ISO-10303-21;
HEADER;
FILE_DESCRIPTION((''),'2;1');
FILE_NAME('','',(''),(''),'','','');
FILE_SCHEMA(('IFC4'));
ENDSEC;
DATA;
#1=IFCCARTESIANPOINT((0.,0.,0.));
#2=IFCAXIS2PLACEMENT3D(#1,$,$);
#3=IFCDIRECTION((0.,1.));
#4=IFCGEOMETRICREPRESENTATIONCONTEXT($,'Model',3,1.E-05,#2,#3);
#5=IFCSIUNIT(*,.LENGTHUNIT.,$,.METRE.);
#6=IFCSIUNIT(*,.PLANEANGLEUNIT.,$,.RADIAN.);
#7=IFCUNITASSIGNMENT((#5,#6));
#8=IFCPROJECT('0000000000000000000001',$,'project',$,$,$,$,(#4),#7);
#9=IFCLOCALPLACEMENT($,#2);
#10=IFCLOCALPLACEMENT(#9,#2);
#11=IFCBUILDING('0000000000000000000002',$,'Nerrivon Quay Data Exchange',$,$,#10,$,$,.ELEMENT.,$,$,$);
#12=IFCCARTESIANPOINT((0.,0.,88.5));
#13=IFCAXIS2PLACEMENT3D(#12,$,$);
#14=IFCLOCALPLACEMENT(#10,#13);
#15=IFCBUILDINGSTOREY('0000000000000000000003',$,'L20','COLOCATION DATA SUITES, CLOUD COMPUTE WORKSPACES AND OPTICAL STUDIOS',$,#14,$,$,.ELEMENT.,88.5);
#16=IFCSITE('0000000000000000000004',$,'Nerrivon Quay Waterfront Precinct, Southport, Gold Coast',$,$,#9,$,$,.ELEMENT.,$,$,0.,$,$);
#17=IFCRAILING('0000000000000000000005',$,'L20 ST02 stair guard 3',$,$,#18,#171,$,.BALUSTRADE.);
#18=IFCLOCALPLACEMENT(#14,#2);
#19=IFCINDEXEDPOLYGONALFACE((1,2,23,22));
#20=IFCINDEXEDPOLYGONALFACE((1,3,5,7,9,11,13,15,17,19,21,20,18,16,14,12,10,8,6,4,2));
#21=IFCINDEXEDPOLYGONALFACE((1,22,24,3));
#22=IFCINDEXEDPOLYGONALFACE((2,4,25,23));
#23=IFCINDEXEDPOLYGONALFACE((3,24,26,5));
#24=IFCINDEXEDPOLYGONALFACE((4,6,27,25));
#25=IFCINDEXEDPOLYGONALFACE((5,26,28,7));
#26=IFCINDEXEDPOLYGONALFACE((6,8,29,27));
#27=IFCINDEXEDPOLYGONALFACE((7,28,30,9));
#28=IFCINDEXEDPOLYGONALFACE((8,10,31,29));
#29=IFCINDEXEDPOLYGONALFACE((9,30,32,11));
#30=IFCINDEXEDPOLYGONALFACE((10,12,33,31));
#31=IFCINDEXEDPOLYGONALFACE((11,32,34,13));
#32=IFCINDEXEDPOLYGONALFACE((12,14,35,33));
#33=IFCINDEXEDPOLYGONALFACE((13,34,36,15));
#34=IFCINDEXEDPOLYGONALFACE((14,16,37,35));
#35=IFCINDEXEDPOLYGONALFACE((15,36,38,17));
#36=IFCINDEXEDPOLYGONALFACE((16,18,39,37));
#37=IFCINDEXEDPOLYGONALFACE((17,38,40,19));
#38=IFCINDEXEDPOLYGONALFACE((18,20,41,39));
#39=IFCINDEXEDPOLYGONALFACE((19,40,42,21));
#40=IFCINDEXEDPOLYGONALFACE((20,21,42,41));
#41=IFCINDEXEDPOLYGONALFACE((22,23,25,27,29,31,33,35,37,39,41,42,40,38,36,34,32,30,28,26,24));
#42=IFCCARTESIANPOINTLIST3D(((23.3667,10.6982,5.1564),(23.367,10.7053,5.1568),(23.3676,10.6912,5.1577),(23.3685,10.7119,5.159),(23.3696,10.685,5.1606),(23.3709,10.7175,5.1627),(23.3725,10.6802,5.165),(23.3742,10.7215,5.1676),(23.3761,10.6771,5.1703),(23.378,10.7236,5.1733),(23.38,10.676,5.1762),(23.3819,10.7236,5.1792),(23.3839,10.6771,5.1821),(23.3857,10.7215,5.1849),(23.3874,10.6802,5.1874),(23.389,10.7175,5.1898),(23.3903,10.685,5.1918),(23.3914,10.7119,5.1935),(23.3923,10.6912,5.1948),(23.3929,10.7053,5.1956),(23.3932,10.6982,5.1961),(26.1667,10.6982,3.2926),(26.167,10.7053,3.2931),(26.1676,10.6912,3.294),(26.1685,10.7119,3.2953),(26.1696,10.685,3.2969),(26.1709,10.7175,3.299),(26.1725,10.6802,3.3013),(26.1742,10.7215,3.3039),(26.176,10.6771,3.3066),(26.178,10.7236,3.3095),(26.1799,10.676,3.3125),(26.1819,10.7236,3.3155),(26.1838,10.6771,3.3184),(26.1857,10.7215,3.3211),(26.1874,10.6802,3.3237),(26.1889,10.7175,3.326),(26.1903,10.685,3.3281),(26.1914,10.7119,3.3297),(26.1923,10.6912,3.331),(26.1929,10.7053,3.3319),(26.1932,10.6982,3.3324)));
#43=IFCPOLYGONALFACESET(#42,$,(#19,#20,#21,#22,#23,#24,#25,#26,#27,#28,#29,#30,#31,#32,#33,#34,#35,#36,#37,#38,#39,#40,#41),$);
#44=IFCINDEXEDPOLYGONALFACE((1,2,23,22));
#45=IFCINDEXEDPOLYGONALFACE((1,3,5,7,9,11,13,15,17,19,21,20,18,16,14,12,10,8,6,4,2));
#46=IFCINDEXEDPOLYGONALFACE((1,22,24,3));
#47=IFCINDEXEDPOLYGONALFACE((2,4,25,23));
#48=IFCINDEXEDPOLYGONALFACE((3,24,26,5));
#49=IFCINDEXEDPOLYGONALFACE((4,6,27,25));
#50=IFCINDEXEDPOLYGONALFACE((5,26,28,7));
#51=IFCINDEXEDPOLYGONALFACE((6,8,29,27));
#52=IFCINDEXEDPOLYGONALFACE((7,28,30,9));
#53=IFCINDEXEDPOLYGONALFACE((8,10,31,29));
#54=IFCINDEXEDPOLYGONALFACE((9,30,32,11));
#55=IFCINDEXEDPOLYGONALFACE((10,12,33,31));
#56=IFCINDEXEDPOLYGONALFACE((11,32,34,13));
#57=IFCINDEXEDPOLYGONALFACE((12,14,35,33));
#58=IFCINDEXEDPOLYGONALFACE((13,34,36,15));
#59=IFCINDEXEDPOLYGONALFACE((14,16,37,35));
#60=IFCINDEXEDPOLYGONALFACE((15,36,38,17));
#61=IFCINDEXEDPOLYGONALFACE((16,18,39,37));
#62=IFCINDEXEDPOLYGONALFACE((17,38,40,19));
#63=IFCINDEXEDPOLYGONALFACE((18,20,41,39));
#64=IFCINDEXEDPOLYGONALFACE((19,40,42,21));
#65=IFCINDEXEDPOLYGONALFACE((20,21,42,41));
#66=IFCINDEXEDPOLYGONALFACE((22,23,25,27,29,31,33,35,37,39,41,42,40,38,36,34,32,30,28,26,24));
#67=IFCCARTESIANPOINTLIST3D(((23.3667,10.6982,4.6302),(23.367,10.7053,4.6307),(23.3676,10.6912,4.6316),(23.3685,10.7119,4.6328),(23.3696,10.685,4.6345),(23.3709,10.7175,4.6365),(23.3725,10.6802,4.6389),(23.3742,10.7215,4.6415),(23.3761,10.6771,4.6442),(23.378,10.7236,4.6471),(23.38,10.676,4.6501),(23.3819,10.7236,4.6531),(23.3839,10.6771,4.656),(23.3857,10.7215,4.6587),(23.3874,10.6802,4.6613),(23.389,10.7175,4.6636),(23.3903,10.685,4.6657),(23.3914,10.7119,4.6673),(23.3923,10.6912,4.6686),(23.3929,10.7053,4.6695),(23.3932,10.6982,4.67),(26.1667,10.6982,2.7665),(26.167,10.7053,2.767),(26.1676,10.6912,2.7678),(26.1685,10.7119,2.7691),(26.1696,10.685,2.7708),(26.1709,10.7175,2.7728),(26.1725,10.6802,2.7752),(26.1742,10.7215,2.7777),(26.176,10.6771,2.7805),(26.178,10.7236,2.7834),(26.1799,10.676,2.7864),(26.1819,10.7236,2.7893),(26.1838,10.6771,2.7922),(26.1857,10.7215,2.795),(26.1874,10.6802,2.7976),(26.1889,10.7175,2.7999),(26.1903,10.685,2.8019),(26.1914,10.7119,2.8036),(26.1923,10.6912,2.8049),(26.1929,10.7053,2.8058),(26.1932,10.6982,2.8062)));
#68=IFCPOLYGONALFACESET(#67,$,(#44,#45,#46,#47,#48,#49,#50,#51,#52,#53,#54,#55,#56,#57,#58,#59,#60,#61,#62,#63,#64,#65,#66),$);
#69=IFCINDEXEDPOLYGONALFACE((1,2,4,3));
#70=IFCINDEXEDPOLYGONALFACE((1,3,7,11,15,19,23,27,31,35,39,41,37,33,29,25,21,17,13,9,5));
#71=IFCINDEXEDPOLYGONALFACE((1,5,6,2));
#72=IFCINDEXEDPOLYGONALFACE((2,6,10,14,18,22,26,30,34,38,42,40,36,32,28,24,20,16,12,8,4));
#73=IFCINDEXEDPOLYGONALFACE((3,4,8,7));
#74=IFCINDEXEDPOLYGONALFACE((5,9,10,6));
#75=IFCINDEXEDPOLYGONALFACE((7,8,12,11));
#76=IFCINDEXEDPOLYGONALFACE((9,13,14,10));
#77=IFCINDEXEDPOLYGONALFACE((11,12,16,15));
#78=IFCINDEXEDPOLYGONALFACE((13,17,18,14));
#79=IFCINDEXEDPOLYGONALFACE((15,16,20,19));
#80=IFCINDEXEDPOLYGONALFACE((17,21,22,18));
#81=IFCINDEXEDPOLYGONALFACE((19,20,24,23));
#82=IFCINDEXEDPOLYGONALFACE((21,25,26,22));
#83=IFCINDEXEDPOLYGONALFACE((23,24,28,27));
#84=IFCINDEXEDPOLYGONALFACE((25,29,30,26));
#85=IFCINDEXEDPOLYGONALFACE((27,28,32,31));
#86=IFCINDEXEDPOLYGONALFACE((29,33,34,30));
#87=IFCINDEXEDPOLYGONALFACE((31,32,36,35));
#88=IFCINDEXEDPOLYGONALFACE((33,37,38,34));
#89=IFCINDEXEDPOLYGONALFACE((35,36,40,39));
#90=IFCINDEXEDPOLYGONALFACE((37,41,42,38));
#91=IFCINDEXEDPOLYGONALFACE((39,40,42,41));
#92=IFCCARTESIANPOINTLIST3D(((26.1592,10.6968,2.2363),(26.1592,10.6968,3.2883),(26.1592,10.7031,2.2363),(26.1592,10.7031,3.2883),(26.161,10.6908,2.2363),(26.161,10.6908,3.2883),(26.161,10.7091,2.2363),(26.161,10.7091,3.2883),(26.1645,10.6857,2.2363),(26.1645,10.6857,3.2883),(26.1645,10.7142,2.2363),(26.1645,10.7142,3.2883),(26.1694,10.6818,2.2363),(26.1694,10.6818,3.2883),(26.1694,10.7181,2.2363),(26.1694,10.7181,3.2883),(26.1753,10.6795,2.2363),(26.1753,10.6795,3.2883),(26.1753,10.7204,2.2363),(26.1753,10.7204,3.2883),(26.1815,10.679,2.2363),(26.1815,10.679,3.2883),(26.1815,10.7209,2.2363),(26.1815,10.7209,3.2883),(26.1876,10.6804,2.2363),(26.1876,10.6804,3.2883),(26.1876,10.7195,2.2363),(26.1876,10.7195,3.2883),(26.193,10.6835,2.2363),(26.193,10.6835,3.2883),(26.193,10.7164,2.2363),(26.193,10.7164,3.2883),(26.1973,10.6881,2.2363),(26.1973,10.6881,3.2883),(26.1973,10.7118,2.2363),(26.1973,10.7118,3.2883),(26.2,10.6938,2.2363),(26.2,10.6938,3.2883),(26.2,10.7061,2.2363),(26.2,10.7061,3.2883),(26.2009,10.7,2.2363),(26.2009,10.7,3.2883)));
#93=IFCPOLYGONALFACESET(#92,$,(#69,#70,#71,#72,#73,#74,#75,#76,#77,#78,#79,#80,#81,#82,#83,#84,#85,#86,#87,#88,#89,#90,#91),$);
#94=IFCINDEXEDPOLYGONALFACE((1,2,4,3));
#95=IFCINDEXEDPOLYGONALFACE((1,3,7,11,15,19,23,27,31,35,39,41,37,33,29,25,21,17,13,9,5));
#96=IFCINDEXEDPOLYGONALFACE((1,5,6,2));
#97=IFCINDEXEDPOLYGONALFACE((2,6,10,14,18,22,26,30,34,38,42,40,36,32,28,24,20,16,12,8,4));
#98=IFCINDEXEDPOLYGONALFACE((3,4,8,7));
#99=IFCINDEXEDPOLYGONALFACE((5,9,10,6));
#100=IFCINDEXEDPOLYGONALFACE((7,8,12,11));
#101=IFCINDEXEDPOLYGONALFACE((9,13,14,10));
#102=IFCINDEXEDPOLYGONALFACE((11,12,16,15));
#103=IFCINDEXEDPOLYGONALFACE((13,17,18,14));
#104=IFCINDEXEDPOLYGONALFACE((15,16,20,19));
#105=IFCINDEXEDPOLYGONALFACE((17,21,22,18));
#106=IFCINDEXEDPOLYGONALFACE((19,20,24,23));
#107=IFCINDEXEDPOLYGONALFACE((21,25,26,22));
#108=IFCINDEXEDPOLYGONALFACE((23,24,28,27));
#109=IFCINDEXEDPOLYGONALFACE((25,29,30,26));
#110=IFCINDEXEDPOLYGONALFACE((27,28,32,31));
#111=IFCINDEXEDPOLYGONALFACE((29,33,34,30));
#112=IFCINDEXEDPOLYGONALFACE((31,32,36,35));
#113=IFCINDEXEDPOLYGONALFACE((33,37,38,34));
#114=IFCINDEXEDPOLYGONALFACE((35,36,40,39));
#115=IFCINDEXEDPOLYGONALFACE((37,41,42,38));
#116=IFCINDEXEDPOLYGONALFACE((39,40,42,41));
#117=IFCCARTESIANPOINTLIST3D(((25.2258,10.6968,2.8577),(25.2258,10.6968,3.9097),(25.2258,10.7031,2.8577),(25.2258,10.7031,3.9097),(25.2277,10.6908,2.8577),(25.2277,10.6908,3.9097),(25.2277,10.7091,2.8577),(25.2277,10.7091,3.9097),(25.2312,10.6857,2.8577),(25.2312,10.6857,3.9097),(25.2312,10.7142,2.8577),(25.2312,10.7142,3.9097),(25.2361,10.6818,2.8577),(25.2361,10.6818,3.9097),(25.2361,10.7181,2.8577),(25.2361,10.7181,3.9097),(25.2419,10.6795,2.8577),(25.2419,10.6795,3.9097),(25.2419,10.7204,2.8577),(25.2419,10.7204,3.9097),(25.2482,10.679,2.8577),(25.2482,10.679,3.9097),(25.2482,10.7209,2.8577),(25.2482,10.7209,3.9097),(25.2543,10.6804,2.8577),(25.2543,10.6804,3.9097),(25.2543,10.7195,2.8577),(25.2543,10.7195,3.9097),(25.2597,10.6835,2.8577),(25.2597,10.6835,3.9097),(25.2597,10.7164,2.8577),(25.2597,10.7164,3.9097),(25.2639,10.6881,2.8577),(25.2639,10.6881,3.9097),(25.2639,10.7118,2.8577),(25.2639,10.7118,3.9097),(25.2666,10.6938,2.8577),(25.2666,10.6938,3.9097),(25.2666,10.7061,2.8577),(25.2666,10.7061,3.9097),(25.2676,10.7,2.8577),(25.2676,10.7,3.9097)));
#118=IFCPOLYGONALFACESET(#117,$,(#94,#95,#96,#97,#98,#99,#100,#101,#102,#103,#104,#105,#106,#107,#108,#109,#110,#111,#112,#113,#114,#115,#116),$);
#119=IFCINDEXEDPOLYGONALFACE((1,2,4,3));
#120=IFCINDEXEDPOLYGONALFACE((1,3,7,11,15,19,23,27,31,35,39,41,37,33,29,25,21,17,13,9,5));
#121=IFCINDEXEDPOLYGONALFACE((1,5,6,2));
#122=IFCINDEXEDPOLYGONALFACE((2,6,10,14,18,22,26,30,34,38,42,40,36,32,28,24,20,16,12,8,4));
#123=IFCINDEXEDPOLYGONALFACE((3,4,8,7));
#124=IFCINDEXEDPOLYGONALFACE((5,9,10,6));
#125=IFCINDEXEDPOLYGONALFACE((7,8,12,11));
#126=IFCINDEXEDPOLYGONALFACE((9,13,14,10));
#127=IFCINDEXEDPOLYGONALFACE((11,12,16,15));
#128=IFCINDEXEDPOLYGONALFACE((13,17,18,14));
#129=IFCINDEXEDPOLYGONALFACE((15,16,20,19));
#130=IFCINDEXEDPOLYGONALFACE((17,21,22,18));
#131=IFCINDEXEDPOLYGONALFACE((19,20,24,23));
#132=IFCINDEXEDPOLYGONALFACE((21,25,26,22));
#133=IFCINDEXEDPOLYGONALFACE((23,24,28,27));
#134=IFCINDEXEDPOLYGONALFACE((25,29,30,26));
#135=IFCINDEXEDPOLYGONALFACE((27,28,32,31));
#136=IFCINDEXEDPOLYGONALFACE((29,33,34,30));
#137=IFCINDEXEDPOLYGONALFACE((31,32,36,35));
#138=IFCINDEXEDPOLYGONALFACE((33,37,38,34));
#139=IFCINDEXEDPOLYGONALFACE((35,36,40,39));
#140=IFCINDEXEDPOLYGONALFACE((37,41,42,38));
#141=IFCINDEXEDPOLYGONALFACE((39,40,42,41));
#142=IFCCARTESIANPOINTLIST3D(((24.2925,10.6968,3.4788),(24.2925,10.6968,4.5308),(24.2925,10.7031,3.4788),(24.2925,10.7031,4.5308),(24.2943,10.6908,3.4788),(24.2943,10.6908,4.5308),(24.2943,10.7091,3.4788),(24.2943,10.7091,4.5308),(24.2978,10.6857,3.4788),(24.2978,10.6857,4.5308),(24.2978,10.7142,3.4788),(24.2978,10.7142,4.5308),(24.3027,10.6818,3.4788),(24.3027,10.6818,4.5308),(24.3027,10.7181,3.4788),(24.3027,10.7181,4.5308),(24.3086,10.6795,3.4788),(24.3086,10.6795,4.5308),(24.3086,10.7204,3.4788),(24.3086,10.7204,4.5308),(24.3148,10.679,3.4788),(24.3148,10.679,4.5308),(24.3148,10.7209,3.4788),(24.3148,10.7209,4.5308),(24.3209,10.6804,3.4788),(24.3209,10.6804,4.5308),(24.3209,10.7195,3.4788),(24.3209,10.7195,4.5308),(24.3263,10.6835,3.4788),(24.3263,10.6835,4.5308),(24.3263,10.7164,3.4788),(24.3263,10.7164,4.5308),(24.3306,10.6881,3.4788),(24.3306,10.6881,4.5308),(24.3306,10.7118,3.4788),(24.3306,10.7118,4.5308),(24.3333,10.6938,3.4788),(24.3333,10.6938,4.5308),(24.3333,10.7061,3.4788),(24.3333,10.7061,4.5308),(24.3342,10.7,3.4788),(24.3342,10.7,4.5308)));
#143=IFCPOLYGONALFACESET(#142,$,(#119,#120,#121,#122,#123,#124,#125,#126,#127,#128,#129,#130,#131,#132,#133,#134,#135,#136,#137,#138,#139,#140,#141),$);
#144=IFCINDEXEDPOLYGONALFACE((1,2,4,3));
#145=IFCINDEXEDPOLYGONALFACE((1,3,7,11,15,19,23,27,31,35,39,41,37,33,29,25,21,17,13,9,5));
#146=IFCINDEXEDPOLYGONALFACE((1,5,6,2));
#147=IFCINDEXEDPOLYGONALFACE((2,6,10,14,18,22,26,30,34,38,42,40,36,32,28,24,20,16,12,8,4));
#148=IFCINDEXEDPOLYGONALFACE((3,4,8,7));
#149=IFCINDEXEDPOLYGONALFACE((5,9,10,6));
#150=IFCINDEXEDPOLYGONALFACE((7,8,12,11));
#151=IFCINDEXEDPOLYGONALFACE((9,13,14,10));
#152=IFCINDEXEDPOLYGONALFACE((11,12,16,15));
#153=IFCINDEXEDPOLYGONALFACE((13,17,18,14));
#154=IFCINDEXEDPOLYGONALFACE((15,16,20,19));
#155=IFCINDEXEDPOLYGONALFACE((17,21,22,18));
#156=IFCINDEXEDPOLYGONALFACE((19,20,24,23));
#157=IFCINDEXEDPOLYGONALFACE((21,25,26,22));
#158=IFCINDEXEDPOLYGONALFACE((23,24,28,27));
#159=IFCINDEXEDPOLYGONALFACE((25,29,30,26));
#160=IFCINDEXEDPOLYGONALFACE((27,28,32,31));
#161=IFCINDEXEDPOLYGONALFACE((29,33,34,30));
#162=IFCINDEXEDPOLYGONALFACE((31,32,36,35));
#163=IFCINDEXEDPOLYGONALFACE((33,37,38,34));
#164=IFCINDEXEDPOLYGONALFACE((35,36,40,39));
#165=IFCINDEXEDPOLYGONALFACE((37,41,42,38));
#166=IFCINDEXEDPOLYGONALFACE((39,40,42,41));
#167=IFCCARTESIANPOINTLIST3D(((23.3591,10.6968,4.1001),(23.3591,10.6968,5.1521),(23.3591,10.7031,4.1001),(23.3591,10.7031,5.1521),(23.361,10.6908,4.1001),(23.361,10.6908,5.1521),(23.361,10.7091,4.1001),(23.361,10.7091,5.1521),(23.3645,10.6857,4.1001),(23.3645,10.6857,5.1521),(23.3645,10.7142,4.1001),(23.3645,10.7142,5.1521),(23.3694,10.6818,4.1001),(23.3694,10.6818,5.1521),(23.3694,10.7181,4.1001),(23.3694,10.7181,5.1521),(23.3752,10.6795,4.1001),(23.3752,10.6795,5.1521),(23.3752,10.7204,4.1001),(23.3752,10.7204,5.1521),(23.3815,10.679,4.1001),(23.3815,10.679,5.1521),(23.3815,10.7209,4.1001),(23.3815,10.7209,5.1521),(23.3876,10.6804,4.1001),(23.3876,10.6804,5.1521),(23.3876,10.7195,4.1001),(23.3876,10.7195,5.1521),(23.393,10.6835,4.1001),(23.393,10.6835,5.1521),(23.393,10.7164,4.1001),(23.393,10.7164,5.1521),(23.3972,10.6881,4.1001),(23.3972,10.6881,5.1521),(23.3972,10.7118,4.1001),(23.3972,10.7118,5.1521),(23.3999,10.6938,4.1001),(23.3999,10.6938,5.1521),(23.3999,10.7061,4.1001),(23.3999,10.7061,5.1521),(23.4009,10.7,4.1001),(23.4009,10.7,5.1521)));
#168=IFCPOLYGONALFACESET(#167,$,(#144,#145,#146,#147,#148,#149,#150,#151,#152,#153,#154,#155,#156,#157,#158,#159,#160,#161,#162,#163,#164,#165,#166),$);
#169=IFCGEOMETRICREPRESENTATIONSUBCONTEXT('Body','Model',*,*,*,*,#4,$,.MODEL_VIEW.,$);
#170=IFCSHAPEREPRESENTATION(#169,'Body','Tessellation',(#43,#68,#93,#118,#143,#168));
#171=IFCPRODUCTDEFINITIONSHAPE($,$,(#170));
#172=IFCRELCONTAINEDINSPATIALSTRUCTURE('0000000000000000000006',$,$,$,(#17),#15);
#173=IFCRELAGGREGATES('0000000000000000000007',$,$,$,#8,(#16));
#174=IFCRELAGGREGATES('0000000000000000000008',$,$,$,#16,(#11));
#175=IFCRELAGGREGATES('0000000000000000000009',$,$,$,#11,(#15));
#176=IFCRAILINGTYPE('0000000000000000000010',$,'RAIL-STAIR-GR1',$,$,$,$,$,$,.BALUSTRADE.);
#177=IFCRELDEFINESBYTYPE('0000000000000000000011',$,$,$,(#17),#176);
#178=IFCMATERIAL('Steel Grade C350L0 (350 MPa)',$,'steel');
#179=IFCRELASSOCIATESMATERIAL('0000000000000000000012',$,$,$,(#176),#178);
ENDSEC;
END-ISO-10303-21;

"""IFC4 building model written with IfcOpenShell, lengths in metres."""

from ifc_helpers import new_model, si_unit, direction, frame, origin, origin_2d, place, context, subcontext, project, spatial, circle, extrude, material, type_object, element, save


model = new_model("IFC4")

# Units and contexts
model_context = context("Model", 3, precision=1e-05, world=origin(), true_north=direction((0.0, 1.0)))
body_context = subcontext(model_context, "Body", "Model", "MODEL_VIEW")
ifc_project = project(units=[si_unit("LENGTHUNIT", "METRE"), si_unit("PLANEANGLEUNIT", "RADIAN")], contexts=[model_context])

# Site, building, storey
site_placement = place(None, origin())
site = spatial("IfcSite", under=ifc_project, at=site_placement, Name="Nerrivon Quay Waterfront Precinct, Southport, Gold Coast", CompositionType="ELEMENT", RefElevation=0.0)
building_placement = place(site_placement, origin())
building = spatial("IfcBuilding", under=site, at=building_placement, Name="Nerrivon Quay Data Exchange", CompositionType="ELEMENT")
storey_placement = place(building_placement, frame((0.0, 0.0, 88.5)))
storey = spatial("IfcBuildingStorey", under=building, at=storey_placement, Name="L20", Description="COLOCATION DATA SUITES, CLOUD COMPUTE WORKSPACES AND OPTICAL STUDIOS", CompositionType="ELEMENT", Elevation=88.5)

# Railing
ifc_material_1 = material(Name="Steel Grade C350L0 (350 MPa)", Category="steel")
railing_type_1 = type_object("IfcRailingType", Name="RAIL-STAIR-GR1", PredefinedType="BALUSTRADE", material=ifc_material_1)
railing_1_placement = place(storey_placement, frame((26.1799, 10.7, 2.2363)))
element("IfcRailing", 1, at=railing_1_placement, inside=storey, type_object=railing_type_1, Name="L20 ST02 stair guard 3", PredefinedType="BALUSTRADE", context=body_context, shape_type="SweptSolid", body=[
    extrude(circle(Radius=0.0239, at=origin_2d()), frame((0.0, 0.0, 1.0762), z_axis=(-0.832452, 0.0, 0.554097), x_axis=(0.0, -1.0, 0.0)), (0.0, 0.0, 1.0), 3.3635),
    extrude(circle(Radius=0.0239, at=origin_2d()), frame((0.0, 0.0, 0.55), z_axis=(-0.832452, 0.0, 0.554097), x_axis=(0.0, -1.0, 0.0)), (0.0, 0.0, 1.0), 3.3635),
    extrude(circle(Radius=0.021, at=origin_2d()), origin(), (0.0, 0.0, 1.0), 1.052),
    extrude(circle(Radius=0.021, at=origin_2d()), frame((-0.9333, 0.0, 0.6213)), (0.0, 0.0, 1.0), 1.052),
    extrude(circle(Radius=0.021, at=origin_2d()), frame((-1.8667, 0.0, 1.2424)), (0.0, 0.0, 1.0), 1.052),
    extrude(circle(Radius=0.021, at=origin_2d()), frame((-2.8, 0.0, 1.8638)), (0.0, 0.0, 1.0), 1.052),
])

save(model, "model.ifc")
